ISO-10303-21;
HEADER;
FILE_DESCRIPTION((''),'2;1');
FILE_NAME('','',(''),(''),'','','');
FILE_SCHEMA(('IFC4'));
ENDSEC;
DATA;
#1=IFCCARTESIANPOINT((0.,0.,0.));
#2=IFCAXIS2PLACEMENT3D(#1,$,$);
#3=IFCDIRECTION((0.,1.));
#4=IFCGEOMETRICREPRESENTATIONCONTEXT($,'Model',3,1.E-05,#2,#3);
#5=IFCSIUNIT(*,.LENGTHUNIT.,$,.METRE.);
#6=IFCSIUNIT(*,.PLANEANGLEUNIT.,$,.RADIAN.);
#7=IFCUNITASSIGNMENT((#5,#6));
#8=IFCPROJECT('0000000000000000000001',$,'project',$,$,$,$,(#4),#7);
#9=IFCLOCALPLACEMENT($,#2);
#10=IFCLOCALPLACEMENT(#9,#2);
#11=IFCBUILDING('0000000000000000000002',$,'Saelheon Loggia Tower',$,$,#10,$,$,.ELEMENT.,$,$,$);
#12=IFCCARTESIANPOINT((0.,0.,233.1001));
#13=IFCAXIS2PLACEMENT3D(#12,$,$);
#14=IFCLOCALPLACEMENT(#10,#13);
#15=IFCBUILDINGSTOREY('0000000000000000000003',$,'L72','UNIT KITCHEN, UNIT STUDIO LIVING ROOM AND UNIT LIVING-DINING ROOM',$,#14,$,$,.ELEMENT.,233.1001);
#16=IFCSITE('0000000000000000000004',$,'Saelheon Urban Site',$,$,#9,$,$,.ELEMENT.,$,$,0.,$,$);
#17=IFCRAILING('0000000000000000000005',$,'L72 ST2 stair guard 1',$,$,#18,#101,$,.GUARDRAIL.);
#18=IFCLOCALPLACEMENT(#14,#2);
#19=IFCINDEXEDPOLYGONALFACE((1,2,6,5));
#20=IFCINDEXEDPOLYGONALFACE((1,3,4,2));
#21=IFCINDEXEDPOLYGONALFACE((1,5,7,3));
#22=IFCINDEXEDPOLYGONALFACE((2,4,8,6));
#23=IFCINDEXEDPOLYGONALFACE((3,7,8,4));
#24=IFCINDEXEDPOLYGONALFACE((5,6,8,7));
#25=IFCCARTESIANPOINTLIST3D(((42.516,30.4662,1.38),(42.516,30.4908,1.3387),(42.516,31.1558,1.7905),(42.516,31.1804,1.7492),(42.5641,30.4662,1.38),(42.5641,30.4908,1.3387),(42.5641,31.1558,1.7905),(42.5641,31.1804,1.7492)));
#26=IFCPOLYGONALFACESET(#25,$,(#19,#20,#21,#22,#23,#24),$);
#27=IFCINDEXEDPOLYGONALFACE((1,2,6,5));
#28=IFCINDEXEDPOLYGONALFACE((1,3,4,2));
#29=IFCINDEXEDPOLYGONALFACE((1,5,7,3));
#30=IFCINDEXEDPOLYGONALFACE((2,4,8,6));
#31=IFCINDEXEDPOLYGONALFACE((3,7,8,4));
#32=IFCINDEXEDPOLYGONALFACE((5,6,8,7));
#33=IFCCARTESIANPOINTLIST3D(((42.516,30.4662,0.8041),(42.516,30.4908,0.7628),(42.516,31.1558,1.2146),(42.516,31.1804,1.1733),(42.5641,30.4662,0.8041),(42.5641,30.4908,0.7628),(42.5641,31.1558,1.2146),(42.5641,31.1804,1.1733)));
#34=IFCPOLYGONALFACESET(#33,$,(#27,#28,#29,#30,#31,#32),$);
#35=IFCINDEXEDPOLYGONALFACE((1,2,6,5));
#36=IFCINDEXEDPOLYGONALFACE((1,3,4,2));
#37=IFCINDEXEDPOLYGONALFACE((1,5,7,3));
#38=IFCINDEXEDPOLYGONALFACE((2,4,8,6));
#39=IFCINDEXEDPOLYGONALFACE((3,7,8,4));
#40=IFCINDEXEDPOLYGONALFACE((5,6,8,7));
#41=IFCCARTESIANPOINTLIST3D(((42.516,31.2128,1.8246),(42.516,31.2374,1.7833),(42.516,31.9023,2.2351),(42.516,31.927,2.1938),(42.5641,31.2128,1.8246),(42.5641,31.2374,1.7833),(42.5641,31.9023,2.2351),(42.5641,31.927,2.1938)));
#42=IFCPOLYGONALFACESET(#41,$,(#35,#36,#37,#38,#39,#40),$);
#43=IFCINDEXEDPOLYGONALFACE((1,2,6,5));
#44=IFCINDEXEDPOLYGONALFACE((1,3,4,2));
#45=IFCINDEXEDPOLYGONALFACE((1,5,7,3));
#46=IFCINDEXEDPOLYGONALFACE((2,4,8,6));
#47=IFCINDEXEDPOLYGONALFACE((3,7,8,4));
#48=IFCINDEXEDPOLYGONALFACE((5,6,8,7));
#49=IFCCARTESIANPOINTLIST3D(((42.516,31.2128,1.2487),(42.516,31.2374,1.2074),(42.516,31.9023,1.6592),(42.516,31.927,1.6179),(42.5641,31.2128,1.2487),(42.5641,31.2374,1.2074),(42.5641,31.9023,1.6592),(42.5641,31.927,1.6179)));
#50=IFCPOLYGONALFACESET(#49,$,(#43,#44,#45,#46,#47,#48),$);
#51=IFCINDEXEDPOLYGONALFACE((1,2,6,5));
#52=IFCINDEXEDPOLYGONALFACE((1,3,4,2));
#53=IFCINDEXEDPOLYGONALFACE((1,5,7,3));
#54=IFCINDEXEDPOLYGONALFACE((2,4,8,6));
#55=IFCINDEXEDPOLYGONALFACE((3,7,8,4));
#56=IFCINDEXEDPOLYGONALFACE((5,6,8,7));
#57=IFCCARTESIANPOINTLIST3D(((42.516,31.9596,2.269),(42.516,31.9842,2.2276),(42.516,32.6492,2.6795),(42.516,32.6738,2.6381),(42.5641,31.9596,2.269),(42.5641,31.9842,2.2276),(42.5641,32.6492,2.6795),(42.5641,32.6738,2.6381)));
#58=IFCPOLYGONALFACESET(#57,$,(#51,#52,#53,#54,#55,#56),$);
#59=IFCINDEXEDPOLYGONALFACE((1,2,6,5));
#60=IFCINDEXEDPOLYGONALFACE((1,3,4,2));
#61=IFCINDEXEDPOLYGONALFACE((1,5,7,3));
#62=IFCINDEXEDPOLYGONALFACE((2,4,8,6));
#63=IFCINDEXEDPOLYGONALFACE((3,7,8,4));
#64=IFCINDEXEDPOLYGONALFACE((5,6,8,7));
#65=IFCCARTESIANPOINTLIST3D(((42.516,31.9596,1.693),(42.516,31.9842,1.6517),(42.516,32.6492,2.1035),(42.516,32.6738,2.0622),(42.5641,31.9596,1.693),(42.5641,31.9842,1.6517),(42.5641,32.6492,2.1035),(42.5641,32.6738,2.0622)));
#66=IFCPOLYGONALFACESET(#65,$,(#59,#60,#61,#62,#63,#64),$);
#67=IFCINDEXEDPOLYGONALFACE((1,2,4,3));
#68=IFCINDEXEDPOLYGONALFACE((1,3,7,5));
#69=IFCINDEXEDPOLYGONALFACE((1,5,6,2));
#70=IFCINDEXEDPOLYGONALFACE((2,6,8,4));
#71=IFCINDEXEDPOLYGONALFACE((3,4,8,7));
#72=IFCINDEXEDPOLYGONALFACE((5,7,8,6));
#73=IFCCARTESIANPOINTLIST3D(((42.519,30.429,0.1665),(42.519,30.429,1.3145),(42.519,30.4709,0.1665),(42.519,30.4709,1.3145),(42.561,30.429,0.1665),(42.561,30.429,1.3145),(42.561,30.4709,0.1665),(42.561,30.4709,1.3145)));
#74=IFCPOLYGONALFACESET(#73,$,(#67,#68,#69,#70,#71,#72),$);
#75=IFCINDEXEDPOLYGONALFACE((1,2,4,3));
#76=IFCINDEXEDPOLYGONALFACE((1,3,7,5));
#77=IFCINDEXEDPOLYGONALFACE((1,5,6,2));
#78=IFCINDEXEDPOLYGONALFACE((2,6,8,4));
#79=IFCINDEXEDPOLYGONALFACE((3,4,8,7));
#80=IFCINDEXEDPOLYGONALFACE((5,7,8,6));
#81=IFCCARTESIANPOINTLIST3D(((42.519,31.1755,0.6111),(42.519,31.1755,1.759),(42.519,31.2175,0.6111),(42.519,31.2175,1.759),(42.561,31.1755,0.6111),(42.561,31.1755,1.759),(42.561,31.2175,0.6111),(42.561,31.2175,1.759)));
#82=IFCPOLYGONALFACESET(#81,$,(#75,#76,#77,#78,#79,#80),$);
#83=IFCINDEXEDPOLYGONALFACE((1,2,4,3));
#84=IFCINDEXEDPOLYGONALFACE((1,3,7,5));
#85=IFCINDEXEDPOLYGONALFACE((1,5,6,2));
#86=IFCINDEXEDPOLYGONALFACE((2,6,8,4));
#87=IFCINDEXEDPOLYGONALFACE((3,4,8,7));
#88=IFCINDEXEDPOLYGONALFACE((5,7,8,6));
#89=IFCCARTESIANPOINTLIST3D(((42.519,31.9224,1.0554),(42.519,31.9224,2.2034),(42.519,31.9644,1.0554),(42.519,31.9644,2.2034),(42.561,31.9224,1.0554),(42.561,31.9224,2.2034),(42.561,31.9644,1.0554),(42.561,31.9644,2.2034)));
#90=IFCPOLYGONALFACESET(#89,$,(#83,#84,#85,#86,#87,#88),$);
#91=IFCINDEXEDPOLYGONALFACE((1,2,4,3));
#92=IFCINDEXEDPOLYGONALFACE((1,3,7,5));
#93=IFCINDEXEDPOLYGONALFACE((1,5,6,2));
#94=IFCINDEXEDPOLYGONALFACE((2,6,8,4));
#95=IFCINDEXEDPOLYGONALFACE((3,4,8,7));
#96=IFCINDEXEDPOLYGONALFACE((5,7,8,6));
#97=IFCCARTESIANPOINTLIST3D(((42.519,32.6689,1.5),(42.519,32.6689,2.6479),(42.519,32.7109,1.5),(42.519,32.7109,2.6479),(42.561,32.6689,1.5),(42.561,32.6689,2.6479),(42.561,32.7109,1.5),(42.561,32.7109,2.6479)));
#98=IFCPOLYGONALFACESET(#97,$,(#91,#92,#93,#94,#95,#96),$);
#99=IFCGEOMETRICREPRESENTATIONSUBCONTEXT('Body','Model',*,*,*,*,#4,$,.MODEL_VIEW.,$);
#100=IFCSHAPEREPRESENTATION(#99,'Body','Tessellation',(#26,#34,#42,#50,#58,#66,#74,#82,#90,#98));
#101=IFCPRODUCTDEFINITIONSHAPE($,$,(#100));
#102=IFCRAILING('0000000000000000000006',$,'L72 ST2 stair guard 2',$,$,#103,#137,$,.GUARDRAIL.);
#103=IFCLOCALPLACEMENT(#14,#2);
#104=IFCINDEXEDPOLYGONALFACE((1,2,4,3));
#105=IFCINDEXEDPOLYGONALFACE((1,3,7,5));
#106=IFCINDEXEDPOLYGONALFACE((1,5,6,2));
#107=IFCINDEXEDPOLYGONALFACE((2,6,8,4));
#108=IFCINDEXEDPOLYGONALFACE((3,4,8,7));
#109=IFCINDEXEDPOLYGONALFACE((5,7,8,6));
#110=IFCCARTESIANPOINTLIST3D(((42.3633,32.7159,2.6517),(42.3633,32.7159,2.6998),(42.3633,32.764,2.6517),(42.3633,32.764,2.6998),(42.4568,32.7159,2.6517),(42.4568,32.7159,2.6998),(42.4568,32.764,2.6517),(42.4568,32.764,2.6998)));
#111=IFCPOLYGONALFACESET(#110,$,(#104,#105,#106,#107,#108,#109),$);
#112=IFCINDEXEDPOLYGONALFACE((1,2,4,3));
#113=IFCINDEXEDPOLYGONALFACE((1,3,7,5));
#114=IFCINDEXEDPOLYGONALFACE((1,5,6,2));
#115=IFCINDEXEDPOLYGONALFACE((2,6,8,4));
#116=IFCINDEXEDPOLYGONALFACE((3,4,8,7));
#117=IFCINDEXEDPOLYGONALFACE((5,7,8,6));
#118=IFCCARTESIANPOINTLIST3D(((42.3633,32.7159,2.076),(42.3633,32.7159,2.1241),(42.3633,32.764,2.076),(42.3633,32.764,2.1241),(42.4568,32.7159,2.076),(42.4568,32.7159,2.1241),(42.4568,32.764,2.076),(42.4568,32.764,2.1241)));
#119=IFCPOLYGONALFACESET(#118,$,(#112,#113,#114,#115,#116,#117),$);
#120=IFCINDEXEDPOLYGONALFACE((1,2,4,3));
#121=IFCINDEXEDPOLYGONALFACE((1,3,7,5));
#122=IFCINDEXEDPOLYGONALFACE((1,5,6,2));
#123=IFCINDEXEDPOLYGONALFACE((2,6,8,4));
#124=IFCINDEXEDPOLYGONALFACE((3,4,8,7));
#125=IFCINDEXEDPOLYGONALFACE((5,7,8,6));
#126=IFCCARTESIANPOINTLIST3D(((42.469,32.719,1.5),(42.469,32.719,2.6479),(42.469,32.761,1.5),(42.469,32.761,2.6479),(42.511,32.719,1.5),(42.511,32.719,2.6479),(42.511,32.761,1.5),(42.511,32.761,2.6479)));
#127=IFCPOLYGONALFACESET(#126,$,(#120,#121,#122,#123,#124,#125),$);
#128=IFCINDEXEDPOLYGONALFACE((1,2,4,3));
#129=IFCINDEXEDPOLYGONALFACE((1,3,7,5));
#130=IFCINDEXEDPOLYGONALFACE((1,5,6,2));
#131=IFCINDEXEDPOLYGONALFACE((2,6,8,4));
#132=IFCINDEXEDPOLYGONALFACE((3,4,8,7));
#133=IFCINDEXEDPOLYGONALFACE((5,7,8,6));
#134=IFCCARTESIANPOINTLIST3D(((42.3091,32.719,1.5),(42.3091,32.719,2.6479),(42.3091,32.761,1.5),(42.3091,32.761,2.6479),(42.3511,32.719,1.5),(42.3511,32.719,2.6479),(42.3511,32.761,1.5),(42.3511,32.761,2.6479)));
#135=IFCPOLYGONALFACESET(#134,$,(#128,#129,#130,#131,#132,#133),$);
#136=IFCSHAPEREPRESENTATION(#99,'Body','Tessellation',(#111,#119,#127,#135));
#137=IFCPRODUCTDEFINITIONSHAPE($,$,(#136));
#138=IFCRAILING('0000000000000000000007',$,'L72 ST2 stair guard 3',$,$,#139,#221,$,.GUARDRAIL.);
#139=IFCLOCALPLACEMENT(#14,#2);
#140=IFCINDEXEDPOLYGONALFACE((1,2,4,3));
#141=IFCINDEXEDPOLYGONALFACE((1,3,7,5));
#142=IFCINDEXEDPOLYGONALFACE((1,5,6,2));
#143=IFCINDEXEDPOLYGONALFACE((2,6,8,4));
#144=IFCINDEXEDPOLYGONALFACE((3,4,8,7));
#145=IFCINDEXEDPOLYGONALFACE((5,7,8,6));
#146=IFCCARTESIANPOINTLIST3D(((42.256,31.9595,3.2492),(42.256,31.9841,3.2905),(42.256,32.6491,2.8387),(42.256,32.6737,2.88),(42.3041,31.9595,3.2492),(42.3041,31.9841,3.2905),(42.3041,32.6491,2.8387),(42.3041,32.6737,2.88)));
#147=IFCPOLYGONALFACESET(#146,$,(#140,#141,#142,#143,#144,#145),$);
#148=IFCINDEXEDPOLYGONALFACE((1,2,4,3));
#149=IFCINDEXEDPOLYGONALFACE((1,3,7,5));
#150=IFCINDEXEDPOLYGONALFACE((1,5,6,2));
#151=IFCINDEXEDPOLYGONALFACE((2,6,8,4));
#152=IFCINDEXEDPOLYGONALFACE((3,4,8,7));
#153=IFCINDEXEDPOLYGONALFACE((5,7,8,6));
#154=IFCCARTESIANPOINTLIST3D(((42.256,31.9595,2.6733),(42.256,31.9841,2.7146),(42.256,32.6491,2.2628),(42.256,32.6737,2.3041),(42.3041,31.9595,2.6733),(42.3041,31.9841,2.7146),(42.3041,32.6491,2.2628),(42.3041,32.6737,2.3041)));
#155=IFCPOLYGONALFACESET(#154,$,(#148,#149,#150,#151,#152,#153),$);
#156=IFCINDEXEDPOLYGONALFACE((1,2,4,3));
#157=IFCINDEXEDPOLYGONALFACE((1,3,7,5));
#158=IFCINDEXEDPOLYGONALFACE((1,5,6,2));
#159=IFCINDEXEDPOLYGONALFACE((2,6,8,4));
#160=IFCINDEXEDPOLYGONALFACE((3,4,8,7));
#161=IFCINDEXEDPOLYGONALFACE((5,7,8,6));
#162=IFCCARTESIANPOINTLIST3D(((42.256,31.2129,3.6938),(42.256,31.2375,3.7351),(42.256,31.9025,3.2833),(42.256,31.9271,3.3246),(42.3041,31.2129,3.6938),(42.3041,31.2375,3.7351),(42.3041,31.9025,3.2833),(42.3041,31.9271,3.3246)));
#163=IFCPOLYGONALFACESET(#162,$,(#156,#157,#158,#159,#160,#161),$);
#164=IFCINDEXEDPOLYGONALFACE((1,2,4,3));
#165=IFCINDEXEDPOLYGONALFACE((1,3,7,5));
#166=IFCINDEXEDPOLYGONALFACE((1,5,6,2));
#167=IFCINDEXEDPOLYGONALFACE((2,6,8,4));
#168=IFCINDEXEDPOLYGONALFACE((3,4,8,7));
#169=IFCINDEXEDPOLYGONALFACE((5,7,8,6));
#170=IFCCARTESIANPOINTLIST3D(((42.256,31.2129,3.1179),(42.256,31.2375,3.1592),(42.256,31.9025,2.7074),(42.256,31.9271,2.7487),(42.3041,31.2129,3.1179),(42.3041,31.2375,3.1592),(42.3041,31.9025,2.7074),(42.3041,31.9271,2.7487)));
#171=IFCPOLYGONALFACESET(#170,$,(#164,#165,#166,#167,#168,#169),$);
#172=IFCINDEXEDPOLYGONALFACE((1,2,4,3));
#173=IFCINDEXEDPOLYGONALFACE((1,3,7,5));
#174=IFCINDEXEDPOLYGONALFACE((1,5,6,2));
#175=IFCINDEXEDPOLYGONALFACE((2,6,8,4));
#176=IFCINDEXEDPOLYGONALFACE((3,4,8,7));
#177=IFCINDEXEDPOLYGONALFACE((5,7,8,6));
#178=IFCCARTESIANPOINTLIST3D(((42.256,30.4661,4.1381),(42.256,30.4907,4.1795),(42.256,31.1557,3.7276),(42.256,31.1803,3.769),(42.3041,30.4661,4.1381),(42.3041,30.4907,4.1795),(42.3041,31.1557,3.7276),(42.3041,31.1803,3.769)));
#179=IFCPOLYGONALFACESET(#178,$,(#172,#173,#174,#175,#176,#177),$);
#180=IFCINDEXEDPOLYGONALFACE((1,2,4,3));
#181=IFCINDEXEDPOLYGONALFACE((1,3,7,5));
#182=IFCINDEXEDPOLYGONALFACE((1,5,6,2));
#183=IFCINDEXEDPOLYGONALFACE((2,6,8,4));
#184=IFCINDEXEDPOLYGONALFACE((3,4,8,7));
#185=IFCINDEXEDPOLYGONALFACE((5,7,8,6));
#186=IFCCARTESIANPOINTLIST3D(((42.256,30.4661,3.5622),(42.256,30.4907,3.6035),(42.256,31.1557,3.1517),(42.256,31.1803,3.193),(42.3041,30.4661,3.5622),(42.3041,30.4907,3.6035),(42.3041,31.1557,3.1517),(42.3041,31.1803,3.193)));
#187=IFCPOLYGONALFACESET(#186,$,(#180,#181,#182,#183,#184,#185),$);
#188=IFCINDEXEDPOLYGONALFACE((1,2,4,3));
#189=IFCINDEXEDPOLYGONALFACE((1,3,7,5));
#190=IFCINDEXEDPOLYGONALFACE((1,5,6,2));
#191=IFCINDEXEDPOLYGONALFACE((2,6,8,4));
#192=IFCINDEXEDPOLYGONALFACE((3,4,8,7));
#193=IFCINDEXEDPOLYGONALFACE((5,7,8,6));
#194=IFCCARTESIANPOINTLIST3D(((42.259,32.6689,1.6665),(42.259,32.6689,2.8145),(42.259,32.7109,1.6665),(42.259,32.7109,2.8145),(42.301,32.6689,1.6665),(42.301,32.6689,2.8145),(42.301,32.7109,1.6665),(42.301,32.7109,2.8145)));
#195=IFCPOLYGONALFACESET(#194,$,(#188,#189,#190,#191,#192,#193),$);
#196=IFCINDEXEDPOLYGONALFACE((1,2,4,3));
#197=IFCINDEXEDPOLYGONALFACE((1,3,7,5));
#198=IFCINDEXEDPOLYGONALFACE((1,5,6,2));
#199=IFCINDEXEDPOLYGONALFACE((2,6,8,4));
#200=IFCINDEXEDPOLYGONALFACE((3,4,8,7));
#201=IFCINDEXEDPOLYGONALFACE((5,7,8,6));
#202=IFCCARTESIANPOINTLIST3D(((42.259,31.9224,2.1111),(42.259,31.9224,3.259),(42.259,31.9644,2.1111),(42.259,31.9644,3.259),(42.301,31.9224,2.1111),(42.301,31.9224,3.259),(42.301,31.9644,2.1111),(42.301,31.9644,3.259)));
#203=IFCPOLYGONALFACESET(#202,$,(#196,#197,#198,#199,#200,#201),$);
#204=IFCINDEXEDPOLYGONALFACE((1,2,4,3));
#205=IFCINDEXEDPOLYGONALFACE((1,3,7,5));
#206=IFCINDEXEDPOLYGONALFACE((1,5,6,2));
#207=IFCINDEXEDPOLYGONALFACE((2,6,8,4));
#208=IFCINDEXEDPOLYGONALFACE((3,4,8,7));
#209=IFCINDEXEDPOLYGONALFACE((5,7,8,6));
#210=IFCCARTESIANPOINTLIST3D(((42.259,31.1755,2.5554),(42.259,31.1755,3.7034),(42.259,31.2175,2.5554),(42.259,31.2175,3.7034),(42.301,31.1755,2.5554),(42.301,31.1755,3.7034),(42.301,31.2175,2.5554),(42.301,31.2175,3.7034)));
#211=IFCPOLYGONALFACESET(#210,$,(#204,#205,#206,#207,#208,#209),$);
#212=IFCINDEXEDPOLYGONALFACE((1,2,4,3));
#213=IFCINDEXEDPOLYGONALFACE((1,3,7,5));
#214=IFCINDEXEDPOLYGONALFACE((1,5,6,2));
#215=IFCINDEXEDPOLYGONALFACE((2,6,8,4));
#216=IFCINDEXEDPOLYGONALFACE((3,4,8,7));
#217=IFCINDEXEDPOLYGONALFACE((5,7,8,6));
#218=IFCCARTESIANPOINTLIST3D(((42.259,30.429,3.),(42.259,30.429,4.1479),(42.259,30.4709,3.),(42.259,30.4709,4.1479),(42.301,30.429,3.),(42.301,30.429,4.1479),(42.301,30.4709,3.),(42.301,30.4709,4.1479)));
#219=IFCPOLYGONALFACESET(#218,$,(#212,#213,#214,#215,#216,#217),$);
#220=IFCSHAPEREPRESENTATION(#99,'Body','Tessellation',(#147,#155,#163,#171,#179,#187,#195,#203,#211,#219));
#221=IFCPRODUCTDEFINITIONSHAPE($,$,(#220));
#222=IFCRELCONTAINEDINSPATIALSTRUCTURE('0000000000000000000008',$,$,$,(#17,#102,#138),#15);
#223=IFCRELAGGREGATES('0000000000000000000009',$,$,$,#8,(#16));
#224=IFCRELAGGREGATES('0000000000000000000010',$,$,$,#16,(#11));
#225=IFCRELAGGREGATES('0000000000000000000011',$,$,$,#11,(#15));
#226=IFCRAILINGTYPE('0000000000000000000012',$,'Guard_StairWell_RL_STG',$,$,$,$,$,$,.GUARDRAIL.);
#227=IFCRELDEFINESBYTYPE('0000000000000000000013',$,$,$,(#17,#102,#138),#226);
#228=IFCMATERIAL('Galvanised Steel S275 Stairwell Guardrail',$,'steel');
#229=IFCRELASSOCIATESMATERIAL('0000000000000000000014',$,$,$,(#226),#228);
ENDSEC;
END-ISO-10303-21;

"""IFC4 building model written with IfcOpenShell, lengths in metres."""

from ifc_helpers import new_model, si_unit, direction, frame, origin, origin_2d, place, context, subcontext, project, spatial, rectangle, extrude, material, type_object, element, save


model = new_model("IFC4")

# Units and contexts
model_context = context("Model", 3, precision=1e-05, world=origin(), true_north=direction((0.0, 1.0)))
body_context = subcontext(model_context, "Body", "Model", "MODEL_VIEW")
ifc_project = project(units=[si_unit("LENGTHUNIT", "METRE"), si_unit("PLANEANGLEUNIT", "RADIAN")], contexts=[model_context])

# Site, building, storey
site_placement = place(None, origin())
site = spatial("IfcSite", under=ifc_project, at=site_placement, Name="Saelheon Urban Site", CompositionType="ELEMENT", RefElevation=0.0)
building_placement = place(site_placement, origin())
building = spatial("IfcBuilding", under=site, at=building_placement, Name="Saelheon Loggia Tower", CompositionType="ELEMENT")
storey_placement = place(building_placement, frame((0.0, 0.0, 233.1001)))
storey = spatial("IfcBuildingStorey", under=building, at=storey_placement, Name="L72", Description="UNIT KITCHEN, UNIT STUDIO LIVING ROOM AND UNIT LIVING-DINING ROOM", CompositionType="ELEMENT", Elevation=233.1001)

# Railings
ifc_material_1 = material(Name="Galvanised Steel S275 Stairwell Guardrail", Category="steel")
railing_type_1 = type_object("IfcRailingType", Name="Guard_StairWell_RL_STG", PredefinedType="GUARDRAIL", material=ifc_material_1)
railing_1_placement = place(storey_placement, frame((42.54, 30.45, 0.1665)))
element("IfcRailing", 1, at=railing_1_placement, inside=storey, type_object=railing_type_1, Name="L72 ST2 stair guard 1", PredefinedType="GUARDRAIL", context=body_context, shape_type="SweptSolid", body=[
    extrude(rectangle(XDim=0.0481, YDim=0.0481, at=origin_2d()), frame((0.0, 0.0286, 1.1929), z_axis=(0.0, 0.859264, 0.511532), x_axis=(-1.0, 0.0, 0.0)), (0.0, 0.0, 1.0), 0.8025),
    extrude(rectangle(XDim=0.0481, YDim=0.0481, at=origin_2d()), frame((0.0, 0.0286, 0.6169), z_axis=(0.0, 0.859264, 0.511532), x_axis=(-1.0, 0.0, 0.0)), (0.0, 0.0, 1.0), 0.8025),
    extrude(rectangle(XDim=0.0481, YDim=0.0481, at=origin_2d()), frame((0.0, 0.7751, 1.6375), z_axis=(0.0, 0.859264, 0.511532), x_axis=(-1.0, 0.0, 0.0)), (0.0, 0.0, 1.0), 0.8025),
    extrude(rectangle(XDim=0.0481, YDim=0.0481, at=origin_2d()), frame((0.0, 0.7751, 1.0615), z_axis=(0.0, 0.859264, 0.511532), x_axis=(-1.0, 0.0, 0.0)), (0.0, 0.0, 1.0), 0.8025),
    extrude(rectangle(XDim=0.0481, YDim=0.0481, at=origin_2d()), frame((0.0, 1.522, 2.0818), z_axis=(0.0, 0.859264, 0.511532), x_axis=(-1.0, 0.0, 0.0)), (0.0, 0.0, 1.0), 0.8025),
    extrude(rectangle(XDim=0.0481, YDim=0.0481, at=origin_2d()), frame((0.0, 1.522, 1.5059), z_axis=(0.0, 0.859264, 0.511532), x_axis=(-1.0, 0.0, 0.0)), (0.0, 0.0, 1.0), 0.8025),
    extrude(rectangle(XDim=0.042, YDim=0.042, at=origin_2d()), origin(), (0.0, 0.0, 1.0), 1.1479),
    extrude(rectangle(XDim=0.042, YDim=0.042, at=origin_2d()), frame((0.0, 0.7466, 0.4446)), (0.0, 0.0, 1.0), 1.1479),
    extrude(rectangle(XDim=0.042, YDim=0.042, at=origin_2d()), frame((0.0, 1.4934, 0.8889)), (0.0, 0.0, 1.0), 1.1479),
    extrude(rectangle(XDim=0.042, YDim=0.042, at=origin_2d()), frame((0.0, 2.24, 1.3335)), (0.0, 0.0, 1.0), 1.1479),
])
railing_2_placement = place(storey_placement, frame((42.49, 32.74, 1.5)))
element("IfcRailing", 2, at=railing_2_placement, inside=storey, type_object=railing_type_1, Name="L72 ST2 stair guard 2", PredefinedType="GUARDRAIL", context=body_context, shape_type="SweptSolid", body=[
    extrude(rectangle(XDim=0.0481, YDim=0.0481, at=origin_2d()), frame((-0.0332, 0.0, 1.1758), z_axis=(-1.0, 0.0, 0.0), x_axis=(0.0, -1.0, 0.0)), (0.0, 0.0, 1.0), 0.0935),
    extrude(rectangle(XDim=0.0481, YDim=0.0481, at=origin_2d()), frame((-0.0332, 0.0, 0.6001), z_axis=(-1.0, 0.0, 0.0), x_axis=(0.0, -1.0, 0.0)), (0.0, 0.0, 1.0), 0.0935),
    extrude(rectangle(XDim=0.042, YDim=0.042, at=origin_2d()), origin(), (0.0, 0.0, 1.0), 1.1479),
    extrude(rectangle(XDim=0.042, YDim=0.042, at=origin_2d()), frame((-0.1599, 0.0, 0.0)), (0.0, 0.0, 1.0), 1.1479),
])
railing_3_placement = place(storey_placement, frame((42.28, 32.6899, 1.6665)))
element("IfcRailing", 3, at=railing_3_placement, inside=storey, type_object=railing_type_1, Name="L72 ST2 stair guard 3", PredefinedType="GUARDRAIL", context=body_context, shape_type="SweptSolid", body=[
    extrude(rectangle(XDim=0.0481, YDim=0.0481, at=origin_2d()), frame((0.0, -0.0286, 1.1929), z_axis=(0.0, -0.859264, 0.511532), x_axis=(1.0, 0.0, 0.0)), (0.0, 0.0, 1.0), 0.8025),
    extrude(rectangle(XDim=0.0481, YDim=0.0481, at=origin_2d()), frame((0.0, -0.0286, 0.6169), z_axis=(0.0, -0.859264, 0.511532), x_axis=(1.0, 0.0, 0.0)), (0.0, 0.0, 1.0), 0.8025),
    extrude(rectangle(XDim=0.0481, YDim=0.0481, at=origin_2d()), frame((0.0, -0.7751, 1.6375), z_axis=(0.0, -0.859264, 0.511532), x_axis=(1.0, 0.0, 0.0)), (0.0, 0.0, 1.0), 0.8025),
    extrude(rectangle(XDim=0.0481, YDim=0.0481, at=origin_2d()), frame((0.0, -0.7751, 1.0615), z_axis=(0.0, -0.859264, 0.511532), x_axis=(1.0, 0.0, 0.0)), (0.0, 0.0, 1.0), 0.8025),
    extrude(rectangle(XDim=0.0481, YDim=0.0481, at=origin_2d()), frame((0.0, -1.522, 2.0818), z_axis=(0.0, -0.859264, 0.511532), x_axis=(1.0, 0.0, 0.0)), (0.0, 0.0, 1.0), 0.8025),
    extrude(rectangle(XDim=0.0481, YDim=0.0481, at=origin_2d()), frame((0.0, -1.522, 1.5059), z_axis=(0.0, -0.859264, 0.511532), x_axis=(1.0, 0.0, 0.0)), (0.0, 0.0, 1.0), 0.8025),
    extrude(rectangle(XDim=0.042, YDim=0.042, at=origin_2d()), origin(), (0.0, 0.0, 1.0), 1.1479),
    extrude(rectangle(XDim=0.042, YDim=0.042, at=origin_2d()), frame((0.0, -0.7466, 0.4446)), (0.0, 0.0, 1.0), 1.1479),
    extrude(rectangle(XDim=0.042, YDim=0.042, at=origin_2d()), frame((0.0, -1.4934, 0.8889)), (0.0, 0.0, 1.0), 1.1479),
    extrude(rectangle(XDim=0.042, YDim=0.042, at=origin_2d()), frame((0.0, -2.24, 1.3335)), (0.0, 0.0, 1.0), 1.1479),
])

save(model, "model.ifc")
